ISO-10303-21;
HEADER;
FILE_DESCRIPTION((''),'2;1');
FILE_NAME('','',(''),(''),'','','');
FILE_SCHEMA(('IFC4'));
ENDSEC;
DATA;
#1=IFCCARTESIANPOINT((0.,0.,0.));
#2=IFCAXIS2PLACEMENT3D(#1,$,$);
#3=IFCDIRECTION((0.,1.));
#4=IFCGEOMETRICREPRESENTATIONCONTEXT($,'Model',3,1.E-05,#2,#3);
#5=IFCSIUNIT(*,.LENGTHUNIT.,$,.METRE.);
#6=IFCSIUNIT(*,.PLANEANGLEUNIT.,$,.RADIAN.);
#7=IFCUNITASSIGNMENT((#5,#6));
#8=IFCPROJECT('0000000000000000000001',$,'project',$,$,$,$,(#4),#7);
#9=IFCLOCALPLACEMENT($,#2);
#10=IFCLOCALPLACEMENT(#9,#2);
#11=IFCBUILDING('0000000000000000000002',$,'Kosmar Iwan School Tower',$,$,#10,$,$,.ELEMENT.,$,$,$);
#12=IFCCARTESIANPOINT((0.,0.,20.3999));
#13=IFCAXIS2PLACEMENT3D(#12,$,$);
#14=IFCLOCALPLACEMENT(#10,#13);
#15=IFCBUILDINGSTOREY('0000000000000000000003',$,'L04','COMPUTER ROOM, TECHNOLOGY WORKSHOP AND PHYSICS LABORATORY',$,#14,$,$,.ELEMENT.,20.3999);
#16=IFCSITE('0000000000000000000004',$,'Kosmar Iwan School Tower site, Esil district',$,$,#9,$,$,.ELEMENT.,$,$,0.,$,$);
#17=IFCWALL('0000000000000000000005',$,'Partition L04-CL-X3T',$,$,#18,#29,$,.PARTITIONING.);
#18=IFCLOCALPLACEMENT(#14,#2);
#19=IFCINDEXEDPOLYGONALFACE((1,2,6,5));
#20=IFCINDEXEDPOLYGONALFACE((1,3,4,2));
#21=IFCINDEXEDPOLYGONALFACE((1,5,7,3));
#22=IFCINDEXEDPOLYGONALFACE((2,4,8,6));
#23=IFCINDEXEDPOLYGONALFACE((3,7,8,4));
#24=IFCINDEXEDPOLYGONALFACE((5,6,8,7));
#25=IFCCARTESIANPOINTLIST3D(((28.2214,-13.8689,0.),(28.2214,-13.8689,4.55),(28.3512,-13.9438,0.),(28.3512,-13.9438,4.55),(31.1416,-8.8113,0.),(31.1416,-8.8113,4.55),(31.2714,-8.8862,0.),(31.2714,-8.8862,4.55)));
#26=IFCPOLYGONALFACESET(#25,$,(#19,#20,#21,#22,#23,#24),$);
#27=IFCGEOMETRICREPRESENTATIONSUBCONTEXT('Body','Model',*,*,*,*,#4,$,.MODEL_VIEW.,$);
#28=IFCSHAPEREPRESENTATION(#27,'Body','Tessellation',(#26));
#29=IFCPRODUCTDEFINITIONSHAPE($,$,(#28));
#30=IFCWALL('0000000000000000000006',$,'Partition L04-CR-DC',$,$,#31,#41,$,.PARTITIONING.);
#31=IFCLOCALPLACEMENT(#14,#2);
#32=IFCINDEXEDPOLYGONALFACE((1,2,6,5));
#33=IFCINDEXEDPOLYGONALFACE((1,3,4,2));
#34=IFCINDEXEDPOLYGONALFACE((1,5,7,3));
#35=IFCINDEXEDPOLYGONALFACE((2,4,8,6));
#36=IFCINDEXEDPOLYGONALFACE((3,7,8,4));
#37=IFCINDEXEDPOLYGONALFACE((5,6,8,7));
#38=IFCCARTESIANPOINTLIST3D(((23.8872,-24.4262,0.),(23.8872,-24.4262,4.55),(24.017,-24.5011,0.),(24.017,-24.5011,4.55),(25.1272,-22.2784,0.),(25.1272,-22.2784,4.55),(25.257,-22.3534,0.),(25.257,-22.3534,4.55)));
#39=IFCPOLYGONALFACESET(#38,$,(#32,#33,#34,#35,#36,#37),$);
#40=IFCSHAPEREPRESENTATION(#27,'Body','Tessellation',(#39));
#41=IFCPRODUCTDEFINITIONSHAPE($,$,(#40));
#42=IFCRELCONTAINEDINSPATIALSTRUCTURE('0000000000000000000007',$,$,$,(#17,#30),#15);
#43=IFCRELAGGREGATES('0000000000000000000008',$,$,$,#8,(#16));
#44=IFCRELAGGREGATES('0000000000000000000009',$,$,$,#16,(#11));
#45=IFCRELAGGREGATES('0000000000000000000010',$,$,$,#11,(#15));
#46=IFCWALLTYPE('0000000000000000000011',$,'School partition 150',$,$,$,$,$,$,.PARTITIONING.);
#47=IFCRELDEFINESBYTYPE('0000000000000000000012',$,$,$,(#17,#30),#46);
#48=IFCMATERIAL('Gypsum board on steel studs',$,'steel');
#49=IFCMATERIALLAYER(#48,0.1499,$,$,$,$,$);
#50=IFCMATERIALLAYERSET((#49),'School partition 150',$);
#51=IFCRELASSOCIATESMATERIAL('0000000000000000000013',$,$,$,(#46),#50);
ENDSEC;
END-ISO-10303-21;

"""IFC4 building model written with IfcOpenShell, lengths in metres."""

from ifc_helpers import new_model, si_unit, direction, frame, frame_2d, origin, place, context, subcontext, project, spatial, rectangle, extrude, material, layer, layer_set, type_object, element, save


model = new_model("IFC4")

# Units and contexts
model_context = context("Model", 3, precision=1e-05, world=origin(), true_north=direction((0.0, 1.0)))
body_context = subcontext(model_context, "Body", "Model", "MODEL_VIEW")
ifc_project = project(units=[si_unit("LENGTHUNIT", "METRE"), si_unit("PLANEANGLEUNIT", "RADIAN")], contexts=[model_context])

# Site, building, storey
site_placement = place(None, origin())
site = spatial("IfcSite", under=ifc_project, at=site_placement, Name="Kosmar Iwan School Tower site, Esil district", CompositionType="ELEMENT", RefElevation=0.0)
building_placement = place(site_placement, origin())
building = spatial("IfcBuilding", under=site, at=building_placement, Name="Kosmar Iwan School Tower", CompositionType="ELEMENT")
storey_placement = place(building_placement, frame((0.0, 0.0, 20.3999)))
storey = spatial("IfcBuildingStorey", under=building, at=storey_placement, Name="L04", Description="COMPUTER ROOM, TECHNOLOGY WORKSHOP AND PHYSICS LABORATORY", CompositionType="ELEMENT", Elevation=20.3999)

# Walls
ifc_material_1 = material(Name="Gypsum board on steel studs", Category="steel")
ifc_layer_1 = layer(ifc_material_1, 0.1499)
ifc_layer_set_1 = layer_set([ifc_layer_1], Name="School partition 150")
wall_type = type_object("IfcWallType", Name="School partition 150", PredefinedType="PARTITIONING", material=ifc_layer_set_1)
wall_1_placement = place(storey_placement, frame((28.2864, -13.9062, 0.0), z_axis=(0.0, 0.0, 1.0), x_axis=(0.500019, 0.866014, 0.0)))
element("IfcWall", 1, at=wall_1_placement, inside=storey, type_object=wall_type, Name="Partition L04-CL-X3T", PredefinedType="PARTITIONING", context=body_context, shape_type="SweptSolid", body=[
    extrude(rectangle(XDim=5.8401, YDim=0.1499, at=frame_2d((2.9199, 0.0))), origin(), (0.0, 0.0, 1.0), 4.55),
])
wall_2_placement = place(storey_placement, frame((25.1921, -22.3159, 0.0), z_axis=(0.0, 0.0, 1.0), x_axis=(-0.500004, -0.866023, 0.0)))
element("IfcWall", 2, at=wall_2_placement, inside=storey, type_object=wall_type, Name="Partition L04-CR-DC", PredefinedType="PARTITIONING", context=body_context, shape_type="SweptSolid", body=[
    extrude(rectangle(XDim=2.48, YDim=0.1499, at=frame_2d((1.24, 0.0))), origin(), (0.0, 0.0, 1.0), 4.55),
])

save(model, "model.ifc")
